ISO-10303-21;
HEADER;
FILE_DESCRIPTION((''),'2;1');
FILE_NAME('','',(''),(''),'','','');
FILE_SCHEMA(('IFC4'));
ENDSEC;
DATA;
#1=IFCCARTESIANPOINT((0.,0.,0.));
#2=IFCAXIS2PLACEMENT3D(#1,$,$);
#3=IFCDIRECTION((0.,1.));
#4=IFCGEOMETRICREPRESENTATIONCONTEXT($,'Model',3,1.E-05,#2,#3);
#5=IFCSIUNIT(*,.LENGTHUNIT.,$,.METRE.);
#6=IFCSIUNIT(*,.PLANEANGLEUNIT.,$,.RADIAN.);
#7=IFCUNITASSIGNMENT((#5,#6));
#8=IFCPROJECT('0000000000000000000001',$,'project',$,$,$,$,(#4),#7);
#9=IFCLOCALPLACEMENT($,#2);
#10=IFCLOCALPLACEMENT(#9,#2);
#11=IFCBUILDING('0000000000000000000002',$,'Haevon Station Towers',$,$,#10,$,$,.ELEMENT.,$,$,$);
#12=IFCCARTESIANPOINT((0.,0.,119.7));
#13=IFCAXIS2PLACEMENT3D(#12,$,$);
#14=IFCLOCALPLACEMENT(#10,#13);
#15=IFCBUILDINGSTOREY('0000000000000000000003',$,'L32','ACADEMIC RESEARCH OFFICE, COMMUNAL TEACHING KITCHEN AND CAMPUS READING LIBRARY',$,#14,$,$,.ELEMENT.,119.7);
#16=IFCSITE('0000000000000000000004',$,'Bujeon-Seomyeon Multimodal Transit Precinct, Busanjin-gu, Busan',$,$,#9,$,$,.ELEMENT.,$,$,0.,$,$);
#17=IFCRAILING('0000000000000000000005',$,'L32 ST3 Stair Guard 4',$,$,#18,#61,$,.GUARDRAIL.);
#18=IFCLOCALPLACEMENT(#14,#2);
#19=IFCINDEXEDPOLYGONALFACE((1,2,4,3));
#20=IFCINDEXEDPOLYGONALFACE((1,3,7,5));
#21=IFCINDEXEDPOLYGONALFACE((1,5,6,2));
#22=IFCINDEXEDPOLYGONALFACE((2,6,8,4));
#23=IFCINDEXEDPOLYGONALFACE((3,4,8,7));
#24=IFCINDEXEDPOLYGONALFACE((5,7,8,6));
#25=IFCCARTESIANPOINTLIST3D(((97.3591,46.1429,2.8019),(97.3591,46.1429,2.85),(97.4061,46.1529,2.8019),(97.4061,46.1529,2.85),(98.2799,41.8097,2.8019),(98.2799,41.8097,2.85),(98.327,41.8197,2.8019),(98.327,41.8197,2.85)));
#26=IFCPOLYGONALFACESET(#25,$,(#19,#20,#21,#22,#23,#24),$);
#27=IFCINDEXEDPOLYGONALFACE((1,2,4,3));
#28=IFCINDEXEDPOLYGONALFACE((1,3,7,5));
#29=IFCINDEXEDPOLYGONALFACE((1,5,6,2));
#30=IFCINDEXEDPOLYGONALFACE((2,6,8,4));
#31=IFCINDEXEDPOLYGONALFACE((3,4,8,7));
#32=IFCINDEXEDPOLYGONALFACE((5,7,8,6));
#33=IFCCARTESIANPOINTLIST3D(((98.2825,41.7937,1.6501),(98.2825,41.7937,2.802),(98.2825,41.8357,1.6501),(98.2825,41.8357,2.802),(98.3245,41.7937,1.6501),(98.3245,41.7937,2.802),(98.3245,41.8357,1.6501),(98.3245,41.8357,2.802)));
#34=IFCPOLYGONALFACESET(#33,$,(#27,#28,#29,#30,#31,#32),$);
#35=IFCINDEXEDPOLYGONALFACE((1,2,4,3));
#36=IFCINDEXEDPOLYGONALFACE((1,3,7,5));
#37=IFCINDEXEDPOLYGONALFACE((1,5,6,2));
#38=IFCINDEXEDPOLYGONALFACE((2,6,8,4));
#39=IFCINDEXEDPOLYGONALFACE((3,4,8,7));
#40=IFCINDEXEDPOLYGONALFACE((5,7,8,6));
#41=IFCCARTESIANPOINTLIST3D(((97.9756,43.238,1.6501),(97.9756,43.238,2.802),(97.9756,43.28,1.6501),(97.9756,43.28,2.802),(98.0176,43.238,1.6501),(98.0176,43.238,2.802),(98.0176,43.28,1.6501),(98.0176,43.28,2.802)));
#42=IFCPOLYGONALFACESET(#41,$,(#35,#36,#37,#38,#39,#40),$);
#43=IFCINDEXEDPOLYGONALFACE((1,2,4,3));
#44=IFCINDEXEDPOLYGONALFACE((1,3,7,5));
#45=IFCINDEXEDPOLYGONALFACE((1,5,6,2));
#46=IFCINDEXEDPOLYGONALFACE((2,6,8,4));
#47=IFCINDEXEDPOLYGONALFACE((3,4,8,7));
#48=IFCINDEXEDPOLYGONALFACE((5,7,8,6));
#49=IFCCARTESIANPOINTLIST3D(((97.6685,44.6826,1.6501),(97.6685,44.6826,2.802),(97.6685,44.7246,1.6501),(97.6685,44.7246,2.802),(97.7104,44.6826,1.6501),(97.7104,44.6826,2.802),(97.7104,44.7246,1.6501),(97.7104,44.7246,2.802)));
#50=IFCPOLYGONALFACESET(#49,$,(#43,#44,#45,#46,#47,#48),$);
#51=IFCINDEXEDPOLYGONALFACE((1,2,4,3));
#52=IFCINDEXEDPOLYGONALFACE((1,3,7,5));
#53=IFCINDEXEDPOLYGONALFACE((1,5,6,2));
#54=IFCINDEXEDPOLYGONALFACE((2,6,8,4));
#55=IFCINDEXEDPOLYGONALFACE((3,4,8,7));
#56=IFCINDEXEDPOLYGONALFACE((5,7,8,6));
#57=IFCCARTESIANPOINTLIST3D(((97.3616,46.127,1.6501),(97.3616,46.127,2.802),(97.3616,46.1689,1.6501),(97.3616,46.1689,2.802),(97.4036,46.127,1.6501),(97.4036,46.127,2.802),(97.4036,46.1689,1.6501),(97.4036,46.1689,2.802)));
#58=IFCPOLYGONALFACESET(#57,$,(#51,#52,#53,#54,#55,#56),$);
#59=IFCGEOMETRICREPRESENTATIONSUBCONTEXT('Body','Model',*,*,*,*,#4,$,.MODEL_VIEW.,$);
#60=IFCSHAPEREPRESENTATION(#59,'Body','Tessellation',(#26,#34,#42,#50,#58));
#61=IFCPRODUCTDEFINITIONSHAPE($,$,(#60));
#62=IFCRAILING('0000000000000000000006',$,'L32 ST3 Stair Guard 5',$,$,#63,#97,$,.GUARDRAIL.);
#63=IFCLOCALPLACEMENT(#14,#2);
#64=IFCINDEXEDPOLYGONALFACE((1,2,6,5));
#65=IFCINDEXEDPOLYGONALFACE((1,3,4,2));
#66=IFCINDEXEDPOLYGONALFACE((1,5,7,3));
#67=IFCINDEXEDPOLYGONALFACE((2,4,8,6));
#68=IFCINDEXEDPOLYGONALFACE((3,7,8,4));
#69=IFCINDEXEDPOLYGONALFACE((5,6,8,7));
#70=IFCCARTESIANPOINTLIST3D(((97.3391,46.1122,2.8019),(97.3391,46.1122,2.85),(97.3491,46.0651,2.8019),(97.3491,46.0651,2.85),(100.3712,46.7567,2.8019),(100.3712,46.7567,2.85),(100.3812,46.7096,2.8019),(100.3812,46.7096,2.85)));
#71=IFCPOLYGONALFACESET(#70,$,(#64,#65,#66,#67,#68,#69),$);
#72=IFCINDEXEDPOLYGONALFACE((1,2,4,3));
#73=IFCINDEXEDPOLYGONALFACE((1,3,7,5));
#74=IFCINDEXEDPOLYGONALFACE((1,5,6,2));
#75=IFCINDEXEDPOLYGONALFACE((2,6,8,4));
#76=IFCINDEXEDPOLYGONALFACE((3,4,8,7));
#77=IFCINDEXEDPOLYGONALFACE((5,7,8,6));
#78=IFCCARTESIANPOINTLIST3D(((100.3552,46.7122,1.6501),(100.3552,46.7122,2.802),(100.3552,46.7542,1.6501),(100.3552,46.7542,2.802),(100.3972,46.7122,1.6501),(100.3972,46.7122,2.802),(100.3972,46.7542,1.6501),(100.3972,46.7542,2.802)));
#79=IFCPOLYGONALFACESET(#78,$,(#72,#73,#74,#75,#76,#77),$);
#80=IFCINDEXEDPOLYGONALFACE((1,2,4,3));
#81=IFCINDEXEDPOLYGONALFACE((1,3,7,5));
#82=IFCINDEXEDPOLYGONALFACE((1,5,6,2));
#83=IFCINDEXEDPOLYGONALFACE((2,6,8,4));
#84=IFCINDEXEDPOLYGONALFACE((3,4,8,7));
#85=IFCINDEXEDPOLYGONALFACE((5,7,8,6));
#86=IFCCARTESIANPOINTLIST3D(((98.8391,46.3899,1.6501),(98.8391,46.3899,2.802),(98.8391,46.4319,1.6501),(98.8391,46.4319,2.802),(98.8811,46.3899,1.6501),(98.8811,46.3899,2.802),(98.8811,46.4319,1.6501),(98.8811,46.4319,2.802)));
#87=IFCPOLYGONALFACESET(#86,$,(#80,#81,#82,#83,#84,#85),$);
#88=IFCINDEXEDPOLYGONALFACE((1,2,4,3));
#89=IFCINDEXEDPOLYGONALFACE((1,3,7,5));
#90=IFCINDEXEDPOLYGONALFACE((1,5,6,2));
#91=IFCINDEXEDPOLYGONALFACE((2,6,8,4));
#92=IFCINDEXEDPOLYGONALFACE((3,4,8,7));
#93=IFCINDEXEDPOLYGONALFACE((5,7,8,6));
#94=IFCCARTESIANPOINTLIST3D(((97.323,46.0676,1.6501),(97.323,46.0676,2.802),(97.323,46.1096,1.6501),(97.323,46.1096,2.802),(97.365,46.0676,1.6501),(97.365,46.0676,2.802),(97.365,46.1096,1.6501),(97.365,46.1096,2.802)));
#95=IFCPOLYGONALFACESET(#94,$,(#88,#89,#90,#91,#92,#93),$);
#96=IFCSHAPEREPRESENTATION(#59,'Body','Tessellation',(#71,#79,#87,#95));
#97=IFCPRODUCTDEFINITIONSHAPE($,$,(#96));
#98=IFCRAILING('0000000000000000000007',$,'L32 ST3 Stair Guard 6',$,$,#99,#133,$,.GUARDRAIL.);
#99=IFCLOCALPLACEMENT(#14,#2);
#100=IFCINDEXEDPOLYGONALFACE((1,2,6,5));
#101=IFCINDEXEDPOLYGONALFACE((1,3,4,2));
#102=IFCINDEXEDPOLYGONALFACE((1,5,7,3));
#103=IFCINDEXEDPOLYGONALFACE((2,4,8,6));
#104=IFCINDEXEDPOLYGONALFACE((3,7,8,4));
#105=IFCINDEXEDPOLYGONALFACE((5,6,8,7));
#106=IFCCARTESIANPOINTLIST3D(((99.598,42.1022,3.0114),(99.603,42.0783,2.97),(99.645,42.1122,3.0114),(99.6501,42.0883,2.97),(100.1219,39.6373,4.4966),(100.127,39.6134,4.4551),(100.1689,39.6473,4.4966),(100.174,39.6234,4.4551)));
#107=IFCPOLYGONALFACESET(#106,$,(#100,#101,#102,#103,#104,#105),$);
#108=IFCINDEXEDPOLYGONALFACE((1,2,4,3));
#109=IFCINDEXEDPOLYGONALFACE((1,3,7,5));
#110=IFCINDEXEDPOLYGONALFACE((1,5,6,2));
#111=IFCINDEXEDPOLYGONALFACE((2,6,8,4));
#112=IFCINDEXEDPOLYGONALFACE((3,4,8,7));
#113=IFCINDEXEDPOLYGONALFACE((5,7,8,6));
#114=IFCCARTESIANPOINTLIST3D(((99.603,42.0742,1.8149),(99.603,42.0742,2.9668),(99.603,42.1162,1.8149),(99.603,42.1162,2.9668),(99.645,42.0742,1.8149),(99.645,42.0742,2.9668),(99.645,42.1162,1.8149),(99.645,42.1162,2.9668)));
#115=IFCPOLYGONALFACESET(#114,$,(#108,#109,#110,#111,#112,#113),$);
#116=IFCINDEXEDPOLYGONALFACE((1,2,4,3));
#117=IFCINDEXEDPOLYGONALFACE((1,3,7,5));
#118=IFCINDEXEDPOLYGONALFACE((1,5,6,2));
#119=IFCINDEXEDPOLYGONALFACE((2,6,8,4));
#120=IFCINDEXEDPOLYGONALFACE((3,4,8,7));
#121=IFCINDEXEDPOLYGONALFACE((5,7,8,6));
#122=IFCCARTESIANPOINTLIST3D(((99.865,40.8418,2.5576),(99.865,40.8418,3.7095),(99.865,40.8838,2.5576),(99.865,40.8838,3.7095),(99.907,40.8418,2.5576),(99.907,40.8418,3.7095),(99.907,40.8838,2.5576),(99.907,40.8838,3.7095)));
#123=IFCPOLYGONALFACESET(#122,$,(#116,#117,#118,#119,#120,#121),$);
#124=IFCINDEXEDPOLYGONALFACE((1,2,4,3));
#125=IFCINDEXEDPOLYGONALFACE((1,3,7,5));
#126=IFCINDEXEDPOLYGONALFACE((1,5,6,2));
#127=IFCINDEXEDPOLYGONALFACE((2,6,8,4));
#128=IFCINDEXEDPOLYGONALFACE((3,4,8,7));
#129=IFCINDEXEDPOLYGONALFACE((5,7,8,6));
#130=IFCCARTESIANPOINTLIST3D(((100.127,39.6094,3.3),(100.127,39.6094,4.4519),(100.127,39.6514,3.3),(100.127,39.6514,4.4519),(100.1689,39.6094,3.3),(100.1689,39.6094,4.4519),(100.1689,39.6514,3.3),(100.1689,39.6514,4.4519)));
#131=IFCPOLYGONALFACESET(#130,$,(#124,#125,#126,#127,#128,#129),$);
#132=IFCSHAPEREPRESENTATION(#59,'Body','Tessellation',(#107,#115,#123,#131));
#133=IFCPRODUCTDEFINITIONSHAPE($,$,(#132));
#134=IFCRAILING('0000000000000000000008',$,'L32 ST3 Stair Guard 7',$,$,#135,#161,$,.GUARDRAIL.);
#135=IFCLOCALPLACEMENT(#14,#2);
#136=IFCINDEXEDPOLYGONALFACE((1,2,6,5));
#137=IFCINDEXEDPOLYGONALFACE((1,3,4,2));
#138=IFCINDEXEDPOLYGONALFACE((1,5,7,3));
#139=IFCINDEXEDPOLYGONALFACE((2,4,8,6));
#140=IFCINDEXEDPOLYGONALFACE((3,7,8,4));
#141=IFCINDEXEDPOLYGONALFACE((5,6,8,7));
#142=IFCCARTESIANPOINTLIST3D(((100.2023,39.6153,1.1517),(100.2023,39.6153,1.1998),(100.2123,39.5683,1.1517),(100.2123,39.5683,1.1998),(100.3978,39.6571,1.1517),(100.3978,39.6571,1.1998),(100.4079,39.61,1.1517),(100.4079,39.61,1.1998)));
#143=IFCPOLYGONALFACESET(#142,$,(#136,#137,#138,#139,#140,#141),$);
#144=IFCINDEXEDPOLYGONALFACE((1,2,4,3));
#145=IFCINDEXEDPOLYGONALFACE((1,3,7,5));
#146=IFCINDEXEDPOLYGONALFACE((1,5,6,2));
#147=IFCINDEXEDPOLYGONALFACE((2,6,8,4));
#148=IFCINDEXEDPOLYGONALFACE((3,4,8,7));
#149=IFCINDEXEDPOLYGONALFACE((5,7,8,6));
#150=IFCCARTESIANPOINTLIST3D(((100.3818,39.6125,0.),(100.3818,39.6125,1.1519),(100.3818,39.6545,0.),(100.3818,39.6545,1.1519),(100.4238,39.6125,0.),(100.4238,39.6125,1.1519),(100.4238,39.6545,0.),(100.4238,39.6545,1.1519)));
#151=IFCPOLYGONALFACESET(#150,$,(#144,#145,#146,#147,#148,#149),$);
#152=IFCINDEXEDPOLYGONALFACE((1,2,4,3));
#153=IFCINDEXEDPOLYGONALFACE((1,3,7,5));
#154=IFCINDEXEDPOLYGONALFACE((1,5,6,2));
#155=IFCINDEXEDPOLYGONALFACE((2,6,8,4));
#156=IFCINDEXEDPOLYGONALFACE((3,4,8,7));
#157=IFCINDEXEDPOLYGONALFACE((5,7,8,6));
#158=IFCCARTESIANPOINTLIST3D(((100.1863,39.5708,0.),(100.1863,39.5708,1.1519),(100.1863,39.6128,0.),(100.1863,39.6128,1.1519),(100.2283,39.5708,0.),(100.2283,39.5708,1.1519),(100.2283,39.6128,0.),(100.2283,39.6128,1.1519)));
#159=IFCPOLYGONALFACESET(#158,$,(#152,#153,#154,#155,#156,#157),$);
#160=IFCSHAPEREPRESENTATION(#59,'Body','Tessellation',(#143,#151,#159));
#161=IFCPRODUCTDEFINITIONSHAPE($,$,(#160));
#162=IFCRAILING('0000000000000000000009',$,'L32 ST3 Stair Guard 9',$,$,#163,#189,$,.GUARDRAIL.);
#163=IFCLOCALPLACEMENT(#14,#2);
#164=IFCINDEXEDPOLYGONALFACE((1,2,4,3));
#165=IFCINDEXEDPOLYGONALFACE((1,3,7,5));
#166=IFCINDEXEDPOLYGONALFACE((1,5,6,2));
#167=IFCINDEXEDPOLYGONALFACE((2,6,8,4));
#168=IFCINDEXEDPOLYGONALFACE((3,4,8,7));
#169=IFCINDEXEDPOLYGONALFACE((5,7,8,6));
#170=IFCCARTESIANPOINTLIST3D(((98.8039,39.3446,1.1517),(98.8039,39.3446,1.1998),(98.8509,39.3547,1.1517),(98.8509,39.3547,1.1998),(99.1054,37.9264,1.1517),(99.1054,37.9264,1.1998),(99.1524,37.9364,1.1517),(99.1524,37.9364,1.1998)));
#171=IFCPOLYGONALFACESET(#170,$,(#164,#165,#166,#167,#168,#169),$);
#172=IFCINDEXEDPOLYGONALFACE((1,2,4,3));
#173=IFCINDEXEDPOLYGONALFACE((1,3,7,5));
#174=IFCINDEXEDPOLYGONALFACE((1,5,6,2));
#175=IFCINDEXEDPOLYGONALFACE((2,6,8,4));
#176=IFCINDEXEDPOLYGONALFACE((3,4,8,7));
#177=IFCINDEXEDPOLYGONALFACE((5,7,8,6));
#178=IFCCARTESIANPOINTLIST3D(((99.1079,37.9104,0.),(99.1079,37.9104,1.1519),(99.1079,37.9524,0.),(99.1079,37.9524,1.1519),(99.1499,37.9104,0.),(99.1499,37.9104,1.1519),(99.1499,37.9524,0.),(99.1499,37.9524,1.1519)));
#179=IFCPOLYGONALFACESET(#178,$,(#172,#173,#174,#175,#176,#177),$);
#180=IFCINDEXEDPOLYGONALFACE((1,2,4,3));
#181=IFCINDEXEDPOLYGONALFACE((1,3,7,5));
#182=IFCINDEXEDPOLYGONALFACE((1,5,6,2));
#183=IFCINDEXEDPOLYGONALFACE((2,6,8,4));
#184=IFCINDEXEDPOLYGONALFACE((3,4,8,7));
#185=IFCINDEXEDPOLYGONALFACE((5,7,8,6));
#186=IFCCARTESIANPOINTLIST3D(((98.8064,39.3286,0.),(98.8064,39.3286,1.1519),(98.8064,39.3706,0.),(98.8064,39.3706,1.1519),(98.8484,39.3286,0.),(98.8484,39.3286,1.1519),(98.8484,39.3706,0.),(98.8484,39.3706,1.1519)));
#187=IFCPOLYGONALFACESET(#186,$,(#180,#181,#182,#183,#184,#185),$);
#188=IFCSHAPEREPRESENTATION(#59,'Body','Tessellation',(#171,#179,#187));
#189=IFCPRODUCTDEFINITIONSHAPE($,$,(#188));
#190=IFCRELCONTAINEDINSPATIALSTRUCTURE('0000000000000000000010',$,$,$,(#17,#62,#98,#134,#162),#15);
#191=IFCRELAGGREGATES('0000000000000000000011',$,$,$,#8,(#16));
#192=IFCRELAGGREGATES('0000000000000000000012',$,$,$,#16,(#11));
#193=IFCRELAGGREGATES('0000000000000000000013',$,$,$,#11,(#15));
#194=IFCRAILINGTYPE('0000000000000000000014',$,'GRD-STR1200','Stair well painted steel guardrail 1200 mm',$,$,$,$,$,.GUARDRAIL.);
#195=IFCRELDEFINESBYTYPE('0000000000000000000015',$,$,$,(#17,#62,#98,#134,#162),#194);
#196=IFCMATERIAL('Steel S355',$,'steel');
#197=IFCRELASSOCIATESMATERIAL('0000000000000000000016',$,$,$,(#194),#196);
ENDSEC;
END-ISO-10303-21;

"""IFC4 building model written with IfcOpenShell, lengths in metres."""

from ifc_helpers import new_model, si_unit, direction, frame, origin, origin_2d, place, context, subcontext, project, spatial, rectangle, extrude, material, type_object, element, save


model = new_model("IFC4")

# Units and contexts
model_context = context("Model", 3, precision=1e-05, world=origin(), true_north=direction((0.0, 1.0)))
body_context = subcontext(model_context, "Body", "Model", "MODEL_VIEW")
ifc_project = project(units=[si_unit("LENGTHUNIT", "METRE"), si_unit("PLANEANGLEUNIT", "RADIAN")], contexts=[model_context])

# Site, building, storey
site_placement = place(None, origin())
site = spatial("IfcSite", under=ifc_project, at=site_placement, Name="Bujeon-Seomyeon Multimodal Transit Precinct, Busanjin-gu, Busan", CompositionType="ELEMENT", RefElevation=0.0)
building_placement = place(site_placement, origin())
building = spatial("IfcBuilding", under=site, at=building_placement, Name="Haevon Station Towers", CompositionType="ELEMENT")
storey_placement = place(building_placement, frame((0.0, 0.0, 119.7)))
storey = spatial("IfcBuildingStorey", under=building, at=storey_placement, Name="L32", Description="ACADEMIC RESEARCH OFFICE, COMMUNAL TEACHING KITCHEN AND CAMPUS READING LIBRARY", CompositionType="ELEMENT", Elevation=119.7)

# Shared definitions
ifc_material_1 = material(Name="Steel S355", Category="steel")

# Railings
railing_type_1 = type_object("IfcRailingType", Name="GRD-STR1200", Description="Stair well painted steel guardrail 1200 mm", PredefinedType="GUARDRAIL", material=ifc_material_1)
railing_1_placement = place(storey_placement, frame((98.3035, 41.8147, 1.6501)))
element("IfcRailing", 1, at=railing_1_placement, inside=storey, type_object=railing_type_1, Name="L32 ST3 Stair Guard 4", PredefinedType="GUARDRAIL", context=body_context, shape_type="SweptSolid", body=[
    extrude(rectangle(XDim=0.0481, YDim=0.0481, at=origin_2d()), frame((0.0, 0.0, 1.1758), z_axis=(-0.207877, 0.978155, 0.0), x_axis=(-0.978155, -0.207877, 0.0)), (0.0, 0.0, 1.0), 4.4299),
    extrude(rectangle(XDim=0.042, YDim=0.042, at=origin_2d()), origin(), (0.0, 0.0, 1.0), 1.1519),
    extrude(rectangle(XDim=0.042, YDim=0.042, at=origin_2d()), frame((-0.3069, 1.4443, 0.0)), (0.0, 0.0, 1.0), 1.1519),
    extrude(rectangle(XDim=0.042, YDim=0.042, at=origin_2d()), frame((-0.614, 2.8889, 0.0)), (0.0, 0.0, 1.0), 1.1519),
    extrude(rectangle(XDim=0.042, YDim=0.042, at=origin_2d()), frame((-0.9209, 4.3333, 0.0)), (0.0, 0.0, 1.0), 1.1519),
])
railing_2_placement = place(storey_placement, frame((100.3762, 46.7332, 1.6501)))
element("IfcRailing", 2, at=railing_2_placement, inside=storey, type_object=railing_type_1, Name="L32 ST3 Stair Guard 5", PredefinedType="GUARDRAIL", context=body_context, shape_type="SweptSolid", body=[
    extrude(rectangle(XDim=0.0481, YDim=0.0481, at=origin_2d()), frame((0.0, 0.0, 1.1758), z_axis=(-0.978147, -0.207915, 0.0), x_axis=(0.207915, -0.978147, 0.0)), (0.0, 0.0, 1.0), 3.0999),
    extrude(rectangle(XDim=0.042, YDim=0.042, at=origin_2d()), origin(), (0.0, 0.0, 1.0), 1.1519),
    extrude(rectangle(XDim=0.042, YDim=0.042, at=origin_2d()), frame((-1.5161, -0.3223, 0.0)), (0.0, 0.0, 1.0), 1.1519),
    extrude(rectangle(XDim=0.042, YDim=0.042, at=origin_2d()), frame((-3.0322, -0.6445, 0.0)), (0.0, 0.0, 1.0), 1.1519),
])
railing_3_placement = place(storey_placement, frame((99.624, 42.0952, 1.8149)))
element("IfcRailing", 3, at=railing_3_placement, inside=storey, type_object=railing_type_1, Name="L32 ST3 Stair Guard 6", PredefinedType="GUARDRAIL", context=body_context, shape_type="SweptSolid", body=[
    extrude(rectangle(XDim=0.0481, YDim=0.0481, at=origin_2d()), frame((0.0, 0.0, 1.1758), z_axis=(0.179121, -0.842688, 0.507733), x_axis=(0.978147, 0.207914, 0.0)), (0.0, 0.0, 1.0), 2.925),
    extrude(rectangle(XDim=0.042, YDim=0.042, at=origin_2d()), origin(), (0.0, 0.0, 1.0), 1.1519),
    extrude(rectangle(XDim=0.042, YDim=0.042, at=origin_2d()), frame((0.262, -1.2324, 0.7427)), (0.0, 0.0, 1.0), 1.1519),
    extrude(rectangle(XDim=0.042, YDim=0.042, at=origin_2d()), frame((0.5239, -2.4648, 1.4851)), (0.0, 0.0, 1.0), 1.1519),
])
railing_4_placement = place(storey_placement, frame((100.4028, 39.6335, 0.0)))
element("IfcRailing", 4, at=railing_4_placement, inside=storey, type_object=railing_type_1, Name="L32 ST3 Stair Guard 7", PredefinedType="GUARDRAIL", context=body_context, shape_type="SweptSolid", body=[
    extrude(rectangle(XDim=0.0481, YDim=0.0481, at=origin_2d()), frame((0.0, 0.0, 1.1758), z_axis=(-0.977963, -0.208779, 0.0), x_axis=(0.208779, -0.977963, 0.0)), (0.0, 0.0, 1.0), 0.2),
    extrude(rectangle(XDim=0.042, YDim=0.042, at=origin_2d()), origin(), (0.0, 0.0, 1.0), 1.1519),
    extrude(rectangle(XDim=0.042, YDim=0.042, at=origin_2d()), frame((-0.1956, -0.0417, 0.0)), (0.0, 0.0, 1.0), 1.1519),
])
railing_5_placement = place(storey_placement, frame((99.1289, 37.9314, 0.0)))
element("IfcRailing", 5, at=railing_5_placement, inside=storey, type_object=railing_type_1, Name="L32 ST3 Stair Guard 9", PredefinedType="GUARDRAIL", context=body_context, shape_type="SweptSolid", body=[
    extrude(rectangle(XDim=0.0481, YDim=0.0481, at=origin_2d()), frame((0.0, 0.0, 1.1758), z_axis=(-0.207953, 0.978139, 0.0), x_axis=(-0.978139, -0.207953, 0.0)), (0.0, 0.0, 1.0), 1.45),
    extrude(rectangle(XDim=0.042, YDim=0.042, at=origin_2d()), origin(), (0.0, 0.0, 1.0), 1.1519),
    extrude(rectangle(XDim=0.042, YDim=0.042, at=origin_2d()), frame((-0.3015, 1.4182, 0.0)), (0.0, 0.0, 1.0), 1.1519),
])

save(model, "model.ifc")
